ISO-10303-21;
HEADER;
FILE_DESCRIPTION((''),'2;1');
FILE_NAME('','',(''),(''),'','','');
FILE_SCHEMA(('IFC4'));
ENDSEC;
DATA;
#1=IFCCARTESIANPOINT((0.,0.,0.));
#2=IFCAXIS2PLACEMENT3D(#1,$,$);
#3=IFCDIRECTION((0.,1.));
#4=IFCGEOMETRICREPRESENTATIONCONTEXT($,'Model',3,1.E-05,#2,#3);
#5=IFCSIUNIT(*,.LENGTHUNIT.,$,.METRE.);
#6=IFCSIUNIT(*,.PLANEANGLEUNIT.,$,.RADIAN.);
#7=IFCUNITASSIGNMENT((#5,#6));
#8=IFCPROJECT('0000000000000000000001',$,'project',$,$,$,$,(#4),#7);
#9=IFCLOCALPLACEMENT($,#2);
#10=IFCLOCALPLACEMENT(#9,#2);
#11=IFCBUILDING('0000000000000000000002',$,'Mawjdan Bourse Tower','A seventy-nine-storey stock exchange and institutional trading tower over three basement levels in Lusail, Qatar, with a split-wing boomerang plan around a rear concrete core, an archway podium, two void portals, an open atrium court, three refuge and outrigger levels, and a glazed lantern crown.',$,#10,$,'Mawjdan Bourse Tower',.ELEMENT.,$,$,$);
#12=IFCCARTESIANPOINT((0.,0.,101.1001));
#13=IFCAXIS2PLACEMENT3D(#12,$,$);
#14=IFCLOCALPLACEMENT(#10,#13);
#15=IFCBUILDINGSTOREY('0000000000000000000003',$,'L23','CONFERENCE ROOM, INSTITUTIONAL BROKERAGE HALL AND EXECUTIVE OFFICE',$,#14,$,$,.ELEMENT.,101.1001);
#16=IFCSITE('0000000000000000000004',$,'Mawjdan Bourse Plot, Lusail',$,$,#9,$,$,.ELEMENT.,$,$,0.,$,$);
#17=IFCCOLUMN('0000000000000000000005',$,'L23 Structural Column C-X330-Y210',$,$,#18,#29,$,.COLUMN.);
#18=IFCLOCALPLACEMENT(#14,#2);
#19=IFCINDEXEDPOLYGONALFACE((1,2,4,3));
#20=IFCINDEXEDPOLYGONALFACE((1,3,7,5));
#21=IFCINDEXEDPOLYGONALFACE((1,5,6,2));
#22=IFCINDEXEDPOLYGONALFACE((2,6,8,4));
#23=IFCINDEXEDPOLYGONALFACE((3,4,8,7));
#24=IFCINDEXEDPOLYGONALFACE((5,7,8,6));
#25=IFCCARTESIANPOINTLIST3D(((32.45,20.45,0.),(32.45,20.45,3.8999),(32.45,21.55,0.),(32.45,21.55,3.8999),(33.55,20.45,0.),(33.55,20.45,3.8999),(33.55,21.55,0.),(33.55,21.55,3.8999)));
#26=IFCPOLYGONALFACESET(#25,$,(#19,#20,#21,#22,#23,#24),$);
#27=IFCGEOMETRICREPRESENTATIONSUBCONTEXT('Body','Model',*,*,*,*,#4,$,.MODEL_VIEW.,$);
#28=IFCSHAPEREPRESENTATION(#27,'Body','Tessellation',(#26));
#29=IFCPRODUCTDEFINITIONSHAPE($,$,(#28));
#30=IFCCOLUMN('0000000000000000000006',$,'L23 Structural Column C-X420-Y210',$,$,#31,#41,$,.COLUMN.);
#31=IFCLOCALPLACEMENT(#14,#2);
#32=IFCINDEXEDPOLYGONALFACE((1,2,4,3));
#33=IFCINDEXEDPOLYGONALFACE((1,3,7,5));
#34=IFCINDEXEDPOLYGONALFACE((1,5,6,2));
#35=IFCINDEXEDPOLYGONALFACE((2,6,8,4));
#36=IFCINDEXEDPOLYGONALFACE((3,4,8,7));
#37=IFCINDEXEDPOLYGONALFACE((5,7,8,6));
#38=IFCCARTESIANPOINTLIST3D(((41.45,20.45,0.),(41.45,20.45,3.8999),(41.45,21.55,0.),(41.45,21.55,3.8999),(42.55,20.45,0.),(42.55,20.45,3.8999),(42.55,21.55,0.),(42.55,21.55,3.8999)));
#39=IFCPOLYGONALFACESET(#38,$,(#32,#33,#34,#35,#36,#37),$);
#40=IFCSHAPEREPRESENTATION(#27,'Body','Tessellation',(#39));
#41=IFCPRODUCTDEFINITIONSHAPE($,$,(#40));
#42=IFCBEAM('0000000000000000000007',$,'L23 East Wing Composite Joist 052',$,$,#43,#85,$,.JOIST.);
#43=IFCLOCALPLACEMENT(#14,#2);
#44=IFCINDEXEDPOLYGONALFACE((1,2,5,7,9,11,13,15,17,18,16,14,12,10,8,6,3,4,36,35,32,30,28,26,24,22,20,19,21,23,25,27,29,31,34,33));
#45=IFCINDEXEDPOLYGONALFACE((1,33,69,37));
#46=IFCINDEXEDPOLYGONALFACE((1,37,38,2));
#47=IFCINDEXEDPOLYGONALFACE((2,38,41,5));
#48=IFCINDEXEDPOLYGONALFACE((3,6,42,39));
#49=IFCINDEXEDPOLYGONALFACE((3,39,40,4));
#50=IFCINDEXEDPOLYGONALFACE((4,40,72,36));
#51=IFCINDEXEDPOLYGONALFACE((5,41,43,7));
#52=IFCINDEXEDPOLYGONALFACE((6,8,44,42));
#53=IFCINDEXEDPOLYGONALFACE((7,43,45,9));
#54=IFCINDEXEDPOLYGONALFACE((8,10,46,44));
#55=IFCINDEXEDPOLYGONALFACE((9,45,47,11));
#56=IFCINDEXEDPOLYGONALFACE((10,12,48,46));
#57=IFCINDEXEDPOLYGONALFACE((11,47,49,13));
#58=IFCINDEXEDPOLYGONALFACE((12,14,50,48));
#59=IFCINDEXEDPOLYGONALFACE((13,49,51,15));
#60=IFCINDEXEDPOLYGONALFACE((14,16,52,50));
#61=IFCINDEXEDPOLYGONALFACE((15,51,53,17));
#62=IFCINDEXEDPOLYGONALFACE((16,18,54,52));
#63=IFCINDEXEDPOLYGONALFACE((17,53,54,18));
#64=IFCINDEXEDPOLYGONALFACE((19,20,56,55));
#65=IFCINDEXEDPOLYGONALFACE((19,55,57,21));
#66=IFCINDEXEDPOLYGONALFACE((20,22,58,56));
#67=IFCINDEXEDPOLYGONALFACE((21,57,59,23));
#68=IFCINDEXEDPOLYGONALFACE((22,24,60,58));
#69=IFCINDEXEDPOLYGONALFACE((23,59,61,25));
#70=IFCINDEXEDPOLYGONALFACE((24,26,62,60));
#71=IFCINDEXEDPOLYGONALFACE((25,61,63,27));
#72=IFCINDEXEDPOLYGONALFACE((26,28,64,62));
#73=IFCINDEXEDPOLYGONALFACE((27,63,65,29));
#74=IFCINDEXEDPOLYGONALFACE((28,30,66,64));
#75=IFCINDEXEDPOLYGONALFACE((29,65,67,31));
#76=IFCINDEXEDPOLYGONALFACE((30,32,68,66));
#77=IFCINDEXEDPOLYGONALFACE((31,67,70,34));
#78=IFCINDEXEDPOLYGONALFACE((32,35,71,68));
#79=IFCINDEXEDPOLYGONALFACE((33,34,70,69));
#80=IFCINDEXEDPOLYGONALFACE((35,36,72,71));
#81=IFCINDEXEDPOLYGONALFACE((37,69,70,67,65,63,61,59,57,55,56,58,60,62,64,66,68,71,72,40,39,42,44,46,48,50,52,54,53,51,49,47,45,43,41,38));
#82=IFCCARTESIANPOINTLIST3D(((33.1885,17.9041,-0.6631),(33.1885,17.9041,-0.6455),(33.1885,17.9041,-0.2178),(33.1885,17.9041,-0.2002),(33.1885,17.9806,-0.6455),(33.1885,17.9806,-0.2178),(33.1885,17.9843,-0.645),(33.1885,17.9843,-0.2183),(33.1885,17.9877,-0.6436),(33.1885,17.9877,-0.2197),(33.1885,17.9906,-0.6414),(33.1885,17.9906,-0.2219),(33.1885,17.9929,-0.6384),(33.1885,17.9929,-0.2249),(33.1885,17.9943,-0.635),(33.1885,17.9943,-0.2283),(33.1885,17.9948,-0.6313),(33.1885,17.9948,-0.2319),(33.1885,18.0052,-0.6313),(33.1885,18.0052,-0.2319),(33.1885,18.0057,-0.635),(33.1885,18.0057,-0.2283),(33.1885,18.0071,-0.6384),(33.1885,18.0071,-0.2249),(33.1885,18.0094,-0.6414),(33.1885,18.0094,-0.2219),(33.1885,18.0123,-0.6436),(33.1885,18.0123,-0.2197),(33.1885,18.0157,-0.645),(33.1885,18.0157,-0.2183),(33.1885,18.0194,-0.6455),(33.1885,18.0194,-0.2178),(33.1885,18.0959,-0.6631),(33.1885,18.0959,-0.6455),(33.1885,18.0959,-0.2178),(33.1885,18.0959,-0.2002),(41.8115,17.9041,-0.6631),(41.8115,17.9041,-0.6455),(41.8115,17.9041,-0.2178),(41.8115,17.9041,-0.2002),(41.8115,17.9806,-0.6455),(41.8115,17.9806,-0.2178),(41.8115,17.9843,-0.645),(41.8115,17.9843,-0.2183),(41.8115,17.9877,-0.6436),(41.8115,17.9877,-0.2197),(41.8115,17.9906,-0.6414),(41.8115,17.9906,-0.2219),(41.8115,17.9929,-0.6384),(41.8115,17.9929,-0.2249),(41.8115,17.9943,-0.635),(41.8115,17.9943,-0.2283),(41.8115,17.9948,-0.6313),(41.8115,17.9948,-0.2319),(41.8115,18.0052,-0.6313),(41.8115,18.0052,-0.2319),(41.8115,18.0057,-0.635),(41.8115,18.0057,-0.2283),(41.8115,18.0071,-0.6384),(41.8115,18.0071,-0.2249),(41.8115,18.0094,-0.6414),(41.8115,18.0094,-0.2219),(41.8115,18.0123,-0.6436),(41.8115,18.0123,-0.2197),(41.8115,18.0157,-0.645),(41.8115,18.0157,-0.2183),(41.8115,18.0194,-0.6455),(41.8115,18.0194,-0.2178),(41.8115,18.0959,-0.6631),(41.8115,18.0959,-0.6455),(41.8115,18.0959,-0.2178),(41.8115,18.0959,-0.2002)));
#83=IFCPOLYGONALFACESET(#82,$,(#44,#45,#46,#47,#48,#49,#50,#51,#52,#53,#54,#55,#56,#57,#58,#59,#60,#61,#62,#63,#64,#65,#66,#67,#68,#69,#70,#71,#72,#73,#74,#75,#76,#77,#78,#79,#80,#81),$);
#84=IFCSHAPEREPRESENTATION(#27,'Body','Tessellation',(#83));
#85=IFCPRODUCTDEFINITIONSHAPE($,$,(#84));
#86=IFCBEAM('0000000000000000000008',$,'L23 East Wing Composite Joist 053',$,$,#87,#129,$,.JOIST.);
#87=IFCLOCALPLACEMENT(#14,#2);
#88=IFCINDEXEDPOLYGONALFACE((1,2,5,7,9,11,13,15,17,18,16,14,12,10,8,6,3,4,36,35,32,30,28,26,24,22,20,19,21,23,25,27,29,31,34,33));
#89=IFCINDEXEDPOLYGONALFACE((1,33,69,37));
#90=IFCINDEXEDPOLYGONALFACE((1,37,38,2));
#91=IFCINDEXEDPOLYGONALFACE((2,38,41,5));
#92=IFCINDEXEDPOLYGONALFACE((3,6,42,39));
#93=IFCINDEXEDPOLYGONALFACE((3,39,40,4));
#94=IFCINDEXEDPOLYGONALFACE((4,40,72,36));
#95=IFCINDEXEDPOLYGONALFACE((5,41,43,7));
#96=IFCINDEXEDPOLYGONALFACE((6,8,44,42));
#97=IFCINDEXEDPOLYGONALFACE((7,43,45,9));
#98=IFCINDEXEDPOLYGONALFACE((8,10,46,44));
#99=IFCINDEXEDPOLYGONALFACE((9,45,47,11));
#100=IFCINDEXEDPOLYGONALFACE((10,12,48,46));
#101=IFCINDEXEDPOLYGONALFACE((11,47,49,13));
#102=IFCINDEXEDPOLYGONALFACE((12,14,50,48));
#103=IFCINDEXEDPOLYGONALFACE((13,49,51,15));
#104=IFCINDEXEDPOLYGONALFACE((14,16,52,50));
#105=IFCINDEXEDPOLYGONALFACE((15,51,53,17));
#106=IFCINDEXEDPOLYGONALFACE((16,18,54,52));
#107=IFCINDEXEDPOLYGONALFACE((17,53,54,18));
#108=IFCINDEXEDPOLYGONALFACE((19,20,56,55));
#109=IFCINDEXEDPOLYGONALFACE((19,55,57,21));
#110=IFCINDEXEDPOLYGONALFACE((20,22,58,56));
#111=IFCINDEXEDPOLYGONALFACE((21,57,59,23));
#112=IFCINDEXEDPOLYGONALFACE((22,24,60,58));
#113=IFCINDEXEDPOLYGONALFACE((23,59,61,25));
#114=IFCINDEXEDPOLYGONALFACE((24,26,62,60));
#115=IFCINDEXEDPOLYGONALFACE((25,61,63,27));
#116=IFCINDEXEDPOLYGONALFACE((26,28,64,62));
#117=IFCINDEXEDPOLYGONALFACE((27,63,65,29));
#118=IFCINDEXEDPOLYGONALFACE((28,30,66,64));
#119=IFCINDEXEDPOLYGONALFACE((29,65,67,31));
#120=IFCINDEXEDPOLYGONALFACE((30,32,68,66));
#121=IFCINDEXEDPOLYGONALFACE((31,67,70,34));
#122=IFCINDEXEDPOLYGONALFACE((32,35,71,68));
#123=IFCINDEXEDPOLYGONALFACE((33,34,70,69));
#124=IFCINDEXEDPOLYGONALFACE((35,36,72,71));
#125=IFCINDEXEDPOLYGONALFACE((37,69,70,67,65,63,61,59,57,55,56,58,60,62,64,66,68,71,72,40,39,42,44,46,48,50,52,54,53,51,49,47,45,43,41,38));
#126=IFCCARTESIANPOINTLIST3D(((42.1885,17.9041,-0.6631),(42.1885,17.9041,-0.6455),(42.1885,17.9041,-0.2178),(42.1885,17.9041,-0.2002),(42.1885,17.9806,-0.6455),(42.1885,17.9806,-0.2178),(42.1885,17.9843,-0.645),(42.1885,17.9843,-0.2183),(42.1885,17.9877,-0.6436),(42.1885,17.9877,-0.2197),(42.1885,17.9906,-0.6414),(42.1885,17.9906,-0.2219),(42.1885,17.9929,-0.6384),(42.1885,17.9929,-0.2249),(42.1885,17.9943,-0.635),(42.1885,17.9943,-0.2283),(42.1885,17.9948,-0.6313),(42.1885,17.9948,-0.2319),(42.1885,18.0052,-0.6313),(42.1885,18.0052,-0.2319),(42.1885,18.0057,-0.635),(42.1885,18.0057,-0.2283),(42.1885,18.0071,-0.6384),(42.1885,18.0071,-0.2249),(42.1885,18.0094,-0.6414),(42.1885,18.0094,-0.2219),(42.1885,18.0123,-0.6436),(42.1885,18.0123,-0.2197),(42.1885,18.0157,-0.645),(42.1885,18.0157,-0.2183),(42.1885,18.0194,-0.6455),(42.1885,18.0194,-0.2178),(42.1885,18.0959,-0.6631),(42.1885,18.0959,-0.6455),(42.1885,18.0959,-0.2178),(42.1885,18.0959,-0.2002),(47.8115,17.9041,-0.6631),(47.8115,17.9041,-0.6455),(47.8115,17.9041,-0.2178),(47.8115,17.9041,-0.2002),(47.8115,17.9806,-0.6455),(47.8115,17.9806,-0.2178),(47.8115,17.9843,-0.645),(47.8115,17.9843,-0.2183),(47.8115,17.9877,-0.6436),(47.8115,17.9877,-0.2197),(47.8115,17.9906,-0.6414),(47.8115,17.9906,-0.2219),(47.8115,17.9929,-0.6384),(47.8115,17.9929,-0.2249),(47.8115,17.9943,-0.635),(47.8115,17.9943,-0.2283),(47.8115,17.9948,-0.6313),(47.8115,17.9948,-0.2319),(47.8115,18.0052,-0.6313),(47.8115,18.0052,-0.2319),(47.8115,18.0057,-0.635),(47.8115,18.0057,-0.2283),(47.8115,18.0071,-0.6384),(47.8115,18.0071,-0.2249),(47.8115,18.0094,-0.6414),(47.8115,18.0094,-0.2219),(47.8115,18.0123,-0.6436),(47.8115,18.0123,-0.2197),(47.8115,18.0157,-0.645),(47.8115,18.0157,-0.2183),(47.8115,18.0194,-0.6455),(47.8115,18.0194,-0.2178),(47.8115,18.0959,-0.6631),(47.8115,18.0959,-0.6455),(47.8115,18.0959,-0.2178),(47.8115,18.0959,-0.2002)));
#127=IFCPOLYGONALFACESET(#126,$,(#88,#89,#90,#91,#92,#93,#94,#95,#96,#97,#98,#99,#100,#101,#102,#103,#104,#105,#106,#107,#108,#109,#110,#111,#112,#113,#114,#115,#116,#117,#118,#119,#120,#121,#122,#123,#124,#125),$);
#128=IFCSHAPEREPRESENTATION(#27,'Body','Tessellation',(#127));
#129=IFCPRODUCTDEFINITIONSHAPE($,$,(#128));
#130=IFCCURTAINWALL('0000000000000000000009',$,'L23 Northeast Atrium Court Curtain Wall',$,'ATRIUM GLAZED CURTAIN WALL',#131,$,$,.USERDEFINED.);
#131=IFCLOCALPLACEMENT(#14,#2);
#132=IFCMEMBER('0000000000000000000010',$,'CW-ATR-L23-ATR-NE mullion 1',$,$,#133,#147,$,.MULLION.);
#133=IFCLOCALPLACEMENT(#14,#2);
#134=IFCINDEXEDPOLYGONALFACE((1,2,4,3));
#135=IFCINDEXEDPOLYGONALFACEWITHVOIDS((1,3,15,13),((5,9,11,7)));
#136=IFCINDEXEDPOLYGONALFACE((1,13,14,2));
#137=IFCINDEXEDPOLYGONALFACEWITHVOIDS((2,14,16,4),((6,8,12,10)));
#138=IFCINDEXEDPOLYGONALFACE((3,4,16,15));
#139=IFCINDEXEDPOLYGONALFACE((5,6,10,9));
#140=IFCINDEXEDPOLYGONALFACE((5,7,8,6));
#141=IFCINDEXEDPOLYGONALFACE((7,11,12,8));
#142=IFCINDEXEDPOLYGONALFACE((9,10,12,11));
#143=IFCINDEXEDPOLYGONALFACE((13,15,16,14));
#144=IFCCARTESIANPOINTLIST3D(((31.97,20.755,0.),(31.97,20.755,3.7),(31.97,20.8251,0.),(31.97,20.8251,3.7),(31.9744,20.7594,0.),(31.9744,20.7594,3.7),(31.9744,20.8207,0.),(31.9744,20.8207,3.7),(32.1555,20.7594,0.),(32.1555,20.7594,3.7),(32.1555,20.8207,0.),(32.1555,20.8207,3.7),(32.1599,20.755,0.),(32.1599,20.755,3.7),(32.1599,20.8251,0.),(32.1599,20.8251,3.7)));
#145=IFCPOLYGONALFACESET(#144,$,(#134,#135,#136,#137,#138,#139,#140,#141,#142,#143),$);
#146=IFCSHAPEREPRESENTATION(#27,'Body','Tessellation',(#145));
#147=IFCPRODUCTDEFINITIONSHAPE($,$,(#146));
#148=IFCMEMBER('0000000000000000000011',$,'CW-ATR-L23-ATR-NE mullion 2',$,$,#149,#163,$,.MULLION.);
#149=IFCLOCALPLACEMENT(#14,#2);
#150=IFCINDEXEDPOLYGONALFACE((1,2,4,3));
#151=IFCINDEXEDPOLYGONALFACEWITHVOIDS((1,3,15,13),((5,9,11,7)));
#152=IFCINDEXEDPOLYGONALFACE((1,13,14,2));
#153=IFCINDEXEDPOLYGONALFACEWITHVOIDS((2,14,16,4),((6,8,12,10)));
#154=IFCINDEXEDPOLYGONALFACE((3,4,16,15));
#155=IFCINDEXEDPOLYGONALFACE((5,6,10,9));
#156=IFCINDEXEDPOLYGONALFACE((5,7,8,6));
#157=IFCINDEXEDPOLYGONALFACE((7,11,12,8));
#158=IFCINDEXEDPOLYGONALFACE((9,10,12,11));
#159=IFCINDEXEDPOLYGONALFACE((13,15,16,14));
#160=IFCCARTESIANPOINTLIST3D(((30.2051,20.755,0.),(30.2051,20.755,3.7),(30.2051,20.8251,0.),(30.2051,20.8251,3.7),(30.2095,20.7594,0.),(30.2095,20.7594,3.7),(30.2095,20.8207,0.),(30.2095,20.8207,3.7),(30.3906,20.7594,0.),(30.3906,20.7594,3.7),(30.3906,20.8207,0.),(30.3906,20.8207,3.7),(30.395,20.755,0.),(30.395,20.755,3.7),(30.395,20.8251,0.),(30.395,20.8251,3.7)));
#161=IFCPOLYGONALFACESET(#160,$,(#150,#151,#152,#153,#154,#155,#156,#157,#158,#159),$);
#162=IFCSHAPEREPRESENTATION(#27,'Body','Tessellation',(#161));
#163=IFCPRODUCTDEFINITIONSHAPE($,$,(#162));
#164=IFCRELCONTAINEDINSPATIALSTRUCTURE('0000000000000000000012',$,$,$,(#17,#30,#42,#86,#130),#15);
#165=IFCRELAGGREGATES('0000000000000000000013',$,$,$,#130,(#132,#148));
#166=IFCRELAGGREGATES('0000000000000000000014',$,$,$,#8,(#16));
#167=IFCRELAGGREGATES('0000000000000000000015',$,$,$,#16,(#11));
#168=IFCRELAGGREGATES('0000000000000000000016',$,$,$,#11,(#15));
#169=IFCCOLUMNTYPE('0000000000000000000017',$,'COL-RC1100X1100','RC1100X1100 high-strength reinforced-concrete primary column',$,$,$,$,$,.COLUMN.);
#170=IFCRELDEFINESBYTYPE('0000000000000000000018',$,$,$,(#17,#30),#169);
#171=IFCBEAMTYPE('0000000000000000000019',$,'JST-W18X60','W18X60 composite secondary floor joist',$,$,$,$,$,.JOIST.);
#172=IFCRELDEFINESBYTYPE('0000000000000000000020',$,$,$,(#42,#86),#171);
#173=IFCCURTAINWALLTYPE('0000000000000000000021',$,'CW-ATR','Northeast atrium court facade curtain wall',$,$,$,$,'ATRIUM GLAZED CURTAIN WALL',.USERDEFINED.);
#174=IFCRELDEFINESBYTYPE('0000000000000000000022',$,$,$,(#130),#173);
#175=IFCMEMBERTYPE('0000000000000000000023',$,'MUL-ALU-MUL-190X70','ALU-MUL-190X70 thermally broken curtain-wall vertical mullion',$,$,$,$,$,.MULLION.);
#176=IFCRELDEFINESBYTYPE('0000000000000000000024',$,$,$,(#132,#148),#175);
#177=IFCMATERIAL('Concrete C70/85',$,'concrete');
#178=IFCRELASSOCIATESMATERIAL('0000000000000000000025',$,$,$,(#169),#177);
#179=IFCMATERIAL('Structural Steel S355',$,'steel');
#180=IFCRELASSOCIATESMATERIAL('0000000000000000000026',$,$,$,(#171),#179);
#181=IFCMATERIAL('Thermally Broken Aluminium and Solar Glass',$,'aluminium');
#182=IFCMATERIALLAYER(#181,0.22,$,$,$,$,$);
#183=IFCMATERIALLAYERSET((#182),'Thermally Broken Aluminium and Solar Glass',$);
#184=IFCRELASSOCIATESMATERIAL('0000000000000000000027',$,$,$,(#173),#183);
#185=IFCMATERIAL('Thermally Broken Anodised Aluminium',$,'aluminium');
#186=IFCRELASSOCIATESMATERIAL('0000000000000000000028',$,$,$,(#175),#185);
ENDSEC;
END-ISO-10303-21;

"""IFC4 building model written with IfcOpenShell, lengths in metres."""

from ifc_helpers import new_model, si_unit, direction, frame, origin, origin_2d, place, context, subcontext, project, spatial, rectangle, hollow_rectangle, i_section, extrude, material, layer, layer_set, material_profile, profile_set, type_object, element, aggregate, save


model = new_model("IFC4")

# Units and contexts
model_context = context("Model", 3, precision=1e-05, world=origin(), true_north=direction((0.0, 1.0)))
body_context = subcontext(model_context, "Body", "Model", "MODEL_VIEW")
ifc_project = project(units=[si_unit("LENGTHUNIT", "METRE"), si_unit("PLANEANGLEUNIT", "RADIAN")], contexts=[model_context])

# Site, building, storey
site_placement = place(None, origin())
site = spatial("IfcSite", under=ifc_project, at=site_placement, Name="Mawjdan Bourse Plot, Lusail", CompositionType="ELEMENT", RefElevation=0.0)
building_placement = place(site_placement, origin())
building = spatial("IfcBuilding", under=site, at=building_placement, Name="Mawjdan Bourse Tower", Description="A seventy-nine-storey stock exchange and institutional trading tower over three basement levels in Lusail, Qatar, with a split-wing boomerang plan around a rear concrete core, an archway podium, two void portals, an open atrium court, three refuge and outrigger levels, and a glazed lantern crown.", LongName="Mawjdan Bourse Tower", CompositionType="ELEMENT")
storey_placement = place(building_placement, frame((0.0, 0.0, 101.1001)))
storey = spatial("IfcBuildingStorey", under=building, at=storey_placement, Name="L23", Description="CONFERENCE ROOM, INSTITUTIONAL BROKERAGE HALL AND EXECUTIVE OFFICE", CompositionType="ELEMENT", Elevation=101.1001)

# Columns
ifc_material_1 = material(Name="Concrete C70/85", Category="concrete")
ifc_material_profile_1 = material_profile(ifc_material_1, rectangle(XDim=1.1001, YDim=1.1001, at=origin_2d()), Name="RC1100X1100")
ifc_profile_set_1 = profile_set([ifc_material_profile_1], Name="Concrete C70/85")
column_type = type_object("IfcColumnType", Name="COL-RC1100X1100", Description="RC1100X1100 high-strength reinforced-concrete primary column", PredefinedType="COLUMN", material=ifc_profile_set_1)
for number, where, z_axis, x_axis, name in (
    (1, (33.0, 21.0, 0.0), (0.0, 0.0, 1.0), (1.0, 0.0, 0.0), "L23 Structural Column C-X330-Y210"),
    (2, (42.0, 21.0, 0.0), (0.0, 0.0, 1.0), (1.0, 0.0, 0.0), "L23 Structural Column C-X420-Y210"),
):
    element("IfcColumn", number, at=place(storey_placement, frame(where, z_axis=z_axis, x_axis=x_axis)), inside=storey, type_object=column_type, Name=name, PredefinedType="COLUMN", context=body_context, shape_type="SweptSolid", body=[
        extrude(rectangle(XDim=1.1001, YDim=1.1001, at=origin_2d()), origin(), (0.0, 0.0, 1.0), 3.8999),
    ])

# Beams
ifc_material_2 = material(Name="Structural Steel S355", Category="steel")
ifc_material_profile_2 = material_profile(ifc_material_2, i_section(OverallWidth=0.1919, OverallDepth=0.4629, WebThickness=0.0105, FlangeThickness=0.0176, FilletRadius=0.0142, at=origin_2d()), Name="W18X60")
ifc_profile_set_2 = profile_set([ifc_material_profile_2], Name="Structural Steel S355")
beam_type_1 = type_object("IfcBeamType", Name="JST-W18X60", Description="W18X60 composite secondary floor joist", PredefinedType="JOIST", material=ifc_profile_set_2)
beam_1_placement = place(storey_placement, frame((33.1885, 18.0, -0.4316), z_axis=(1.0, 0.0, 0.0), x_axis=(0.0, 1.0, 0.0)))
element("IfcBeam", 3, at=beam_1_placement, inside=storey, type_object=beam_type_1, Name="L23 East Wing Composite Joist 052", PredefinedType="JOIST", context=body_context, shape_type="SweptSolid", body=[
    extrude(i_section(OverallWidth=0.1919, OverallDepth=0.4629, WebThickness=0.0105, FlangeThickness=0.0176, FilletRadius=0.0142, at=origin_2d()), origin(), (0.0, 0.0, 1.0), 8.623),
])
beam_2_placement = place(storey_placement, frame((42.1885, 18.0, -0.4316), z_axis=(1.0, 0.0, 0.0), x_axis=(0.0, 1.0, 0.0)))
element("IfcBeam", 4, at=beam_2_placement, inside=storey, type_object=beam_type_1, Name="L23 East Wing Composite Joist 053", PredefinedType="JOIST", context=body_context, shape_type="SweptSolid", body=[
    extrude(i_section(OverallWidth=0.1919, OverallDepth=0.4629, WebThickness=0.0105, FlangeThickness=0.0176, FilletRadius=0.0142, at=origin_2d()), origin(), (0.0, 0.0, 1.0), 5.623),
])

# Curtain wall, members
ifc_material_3 = material(Name="Thermally Broken Aluminium and Solar Glass", Category="aluminium")
ifc_layer_1 = layer(ifc_material_3, 0.22)
ifc_layer_set_1 = layer_set([ifc_layer_1], Name="Thermally Broken Aluminium and Solar Glass")
curtain_wall_type = type_object("IfcCurtainWallType", Name="CW-ATR", Description="Northeast atrium court facade curtain wall", ElementType="ATRIUM GLAZED CURTAIN WALL", PredefinedType="USERDEFINED", material=ifc_layer_set_1)
curtain_wall_placement = place(storey_placement, origin())
curtain_wall = element("IfcCurtainWall", 5, at=curtain_wall_placement, inside=storey, type_object=curtain_wall_type, Name="L23 Northeast Atrium Court Curtain Wall", ObjectType="ATRIUM GLAZED CURTAIN WALL", PredefinedType="USERDEFINED")
ifc_material_4 = material(Name="Thermally Broken Anodised Aluminium", Category="aluminium")
ifc_material_profile_3 = material_profile(ifc_material_4, hollow_rectangle(XDim=0.0701, YDim=0.1899, WallThickness=0.0044, at=origin_2d()), Name="ALU-MUL-190X70")
ifc_profile_set_3 = profile_set([ifc_material_profile_3], Name="Thermally Broken Anodised Aluminium")
member_type_1 = type_object("IfcMemberType", Name="MUL-ALU-MUL-190X70", Description="ALU-MUL-190X70 thermally broken curtain-wall vertical mullion", PredefinedType="MULLION", material=ifc_profile_set_3)
member_1_placement = place(storey_placement, frame((32.0649, 20.79, 0.0), z_axis=(0.0, 0.0, 1.0), x_axis=(0.0, -1.0, 0.0)))
member_1 = element("IfcMember", 6, at=member_1_placement, type_object=member_type_1, Name="CW-ATR-L23-ATR-NE mullion 1", PredefinedType="MULLION", context=body_context, shape_type="SweptSolid", body=[
    extrude(hollow_rectangle(XDim=0.0701, YDim=0.1899, WallThickness=0.0044, at=origin_2d()), origin(), (0.0, 0.0, 1.0), 3.7),
])
member_2_placement = place(storey_placement, frame((30.3, 20.79, 0.0), z_axis=(0.0, 0.0, 1.0), x_axis=(0.0, -1.0, 0.0)))
member_2 = element("IfcMember", 7, at=member_2_placement, type_object=member_type_1, Name="CW-ATR-L23-ATR-NE mullion 2", PredefinedType="MULLION", context=body_context, shape_type="SweptSolid", body=[
    extrude(hollow_rectangle(XDim=0.0701, YDim=0.1899, WallThickness=0.0044, at=origin_2d()), origin(), (0.0, 0.0, 1.0), 3.7),
])

aggregate(curtain_wall, [member_1, member_2])

save(model, "model.ifc")
